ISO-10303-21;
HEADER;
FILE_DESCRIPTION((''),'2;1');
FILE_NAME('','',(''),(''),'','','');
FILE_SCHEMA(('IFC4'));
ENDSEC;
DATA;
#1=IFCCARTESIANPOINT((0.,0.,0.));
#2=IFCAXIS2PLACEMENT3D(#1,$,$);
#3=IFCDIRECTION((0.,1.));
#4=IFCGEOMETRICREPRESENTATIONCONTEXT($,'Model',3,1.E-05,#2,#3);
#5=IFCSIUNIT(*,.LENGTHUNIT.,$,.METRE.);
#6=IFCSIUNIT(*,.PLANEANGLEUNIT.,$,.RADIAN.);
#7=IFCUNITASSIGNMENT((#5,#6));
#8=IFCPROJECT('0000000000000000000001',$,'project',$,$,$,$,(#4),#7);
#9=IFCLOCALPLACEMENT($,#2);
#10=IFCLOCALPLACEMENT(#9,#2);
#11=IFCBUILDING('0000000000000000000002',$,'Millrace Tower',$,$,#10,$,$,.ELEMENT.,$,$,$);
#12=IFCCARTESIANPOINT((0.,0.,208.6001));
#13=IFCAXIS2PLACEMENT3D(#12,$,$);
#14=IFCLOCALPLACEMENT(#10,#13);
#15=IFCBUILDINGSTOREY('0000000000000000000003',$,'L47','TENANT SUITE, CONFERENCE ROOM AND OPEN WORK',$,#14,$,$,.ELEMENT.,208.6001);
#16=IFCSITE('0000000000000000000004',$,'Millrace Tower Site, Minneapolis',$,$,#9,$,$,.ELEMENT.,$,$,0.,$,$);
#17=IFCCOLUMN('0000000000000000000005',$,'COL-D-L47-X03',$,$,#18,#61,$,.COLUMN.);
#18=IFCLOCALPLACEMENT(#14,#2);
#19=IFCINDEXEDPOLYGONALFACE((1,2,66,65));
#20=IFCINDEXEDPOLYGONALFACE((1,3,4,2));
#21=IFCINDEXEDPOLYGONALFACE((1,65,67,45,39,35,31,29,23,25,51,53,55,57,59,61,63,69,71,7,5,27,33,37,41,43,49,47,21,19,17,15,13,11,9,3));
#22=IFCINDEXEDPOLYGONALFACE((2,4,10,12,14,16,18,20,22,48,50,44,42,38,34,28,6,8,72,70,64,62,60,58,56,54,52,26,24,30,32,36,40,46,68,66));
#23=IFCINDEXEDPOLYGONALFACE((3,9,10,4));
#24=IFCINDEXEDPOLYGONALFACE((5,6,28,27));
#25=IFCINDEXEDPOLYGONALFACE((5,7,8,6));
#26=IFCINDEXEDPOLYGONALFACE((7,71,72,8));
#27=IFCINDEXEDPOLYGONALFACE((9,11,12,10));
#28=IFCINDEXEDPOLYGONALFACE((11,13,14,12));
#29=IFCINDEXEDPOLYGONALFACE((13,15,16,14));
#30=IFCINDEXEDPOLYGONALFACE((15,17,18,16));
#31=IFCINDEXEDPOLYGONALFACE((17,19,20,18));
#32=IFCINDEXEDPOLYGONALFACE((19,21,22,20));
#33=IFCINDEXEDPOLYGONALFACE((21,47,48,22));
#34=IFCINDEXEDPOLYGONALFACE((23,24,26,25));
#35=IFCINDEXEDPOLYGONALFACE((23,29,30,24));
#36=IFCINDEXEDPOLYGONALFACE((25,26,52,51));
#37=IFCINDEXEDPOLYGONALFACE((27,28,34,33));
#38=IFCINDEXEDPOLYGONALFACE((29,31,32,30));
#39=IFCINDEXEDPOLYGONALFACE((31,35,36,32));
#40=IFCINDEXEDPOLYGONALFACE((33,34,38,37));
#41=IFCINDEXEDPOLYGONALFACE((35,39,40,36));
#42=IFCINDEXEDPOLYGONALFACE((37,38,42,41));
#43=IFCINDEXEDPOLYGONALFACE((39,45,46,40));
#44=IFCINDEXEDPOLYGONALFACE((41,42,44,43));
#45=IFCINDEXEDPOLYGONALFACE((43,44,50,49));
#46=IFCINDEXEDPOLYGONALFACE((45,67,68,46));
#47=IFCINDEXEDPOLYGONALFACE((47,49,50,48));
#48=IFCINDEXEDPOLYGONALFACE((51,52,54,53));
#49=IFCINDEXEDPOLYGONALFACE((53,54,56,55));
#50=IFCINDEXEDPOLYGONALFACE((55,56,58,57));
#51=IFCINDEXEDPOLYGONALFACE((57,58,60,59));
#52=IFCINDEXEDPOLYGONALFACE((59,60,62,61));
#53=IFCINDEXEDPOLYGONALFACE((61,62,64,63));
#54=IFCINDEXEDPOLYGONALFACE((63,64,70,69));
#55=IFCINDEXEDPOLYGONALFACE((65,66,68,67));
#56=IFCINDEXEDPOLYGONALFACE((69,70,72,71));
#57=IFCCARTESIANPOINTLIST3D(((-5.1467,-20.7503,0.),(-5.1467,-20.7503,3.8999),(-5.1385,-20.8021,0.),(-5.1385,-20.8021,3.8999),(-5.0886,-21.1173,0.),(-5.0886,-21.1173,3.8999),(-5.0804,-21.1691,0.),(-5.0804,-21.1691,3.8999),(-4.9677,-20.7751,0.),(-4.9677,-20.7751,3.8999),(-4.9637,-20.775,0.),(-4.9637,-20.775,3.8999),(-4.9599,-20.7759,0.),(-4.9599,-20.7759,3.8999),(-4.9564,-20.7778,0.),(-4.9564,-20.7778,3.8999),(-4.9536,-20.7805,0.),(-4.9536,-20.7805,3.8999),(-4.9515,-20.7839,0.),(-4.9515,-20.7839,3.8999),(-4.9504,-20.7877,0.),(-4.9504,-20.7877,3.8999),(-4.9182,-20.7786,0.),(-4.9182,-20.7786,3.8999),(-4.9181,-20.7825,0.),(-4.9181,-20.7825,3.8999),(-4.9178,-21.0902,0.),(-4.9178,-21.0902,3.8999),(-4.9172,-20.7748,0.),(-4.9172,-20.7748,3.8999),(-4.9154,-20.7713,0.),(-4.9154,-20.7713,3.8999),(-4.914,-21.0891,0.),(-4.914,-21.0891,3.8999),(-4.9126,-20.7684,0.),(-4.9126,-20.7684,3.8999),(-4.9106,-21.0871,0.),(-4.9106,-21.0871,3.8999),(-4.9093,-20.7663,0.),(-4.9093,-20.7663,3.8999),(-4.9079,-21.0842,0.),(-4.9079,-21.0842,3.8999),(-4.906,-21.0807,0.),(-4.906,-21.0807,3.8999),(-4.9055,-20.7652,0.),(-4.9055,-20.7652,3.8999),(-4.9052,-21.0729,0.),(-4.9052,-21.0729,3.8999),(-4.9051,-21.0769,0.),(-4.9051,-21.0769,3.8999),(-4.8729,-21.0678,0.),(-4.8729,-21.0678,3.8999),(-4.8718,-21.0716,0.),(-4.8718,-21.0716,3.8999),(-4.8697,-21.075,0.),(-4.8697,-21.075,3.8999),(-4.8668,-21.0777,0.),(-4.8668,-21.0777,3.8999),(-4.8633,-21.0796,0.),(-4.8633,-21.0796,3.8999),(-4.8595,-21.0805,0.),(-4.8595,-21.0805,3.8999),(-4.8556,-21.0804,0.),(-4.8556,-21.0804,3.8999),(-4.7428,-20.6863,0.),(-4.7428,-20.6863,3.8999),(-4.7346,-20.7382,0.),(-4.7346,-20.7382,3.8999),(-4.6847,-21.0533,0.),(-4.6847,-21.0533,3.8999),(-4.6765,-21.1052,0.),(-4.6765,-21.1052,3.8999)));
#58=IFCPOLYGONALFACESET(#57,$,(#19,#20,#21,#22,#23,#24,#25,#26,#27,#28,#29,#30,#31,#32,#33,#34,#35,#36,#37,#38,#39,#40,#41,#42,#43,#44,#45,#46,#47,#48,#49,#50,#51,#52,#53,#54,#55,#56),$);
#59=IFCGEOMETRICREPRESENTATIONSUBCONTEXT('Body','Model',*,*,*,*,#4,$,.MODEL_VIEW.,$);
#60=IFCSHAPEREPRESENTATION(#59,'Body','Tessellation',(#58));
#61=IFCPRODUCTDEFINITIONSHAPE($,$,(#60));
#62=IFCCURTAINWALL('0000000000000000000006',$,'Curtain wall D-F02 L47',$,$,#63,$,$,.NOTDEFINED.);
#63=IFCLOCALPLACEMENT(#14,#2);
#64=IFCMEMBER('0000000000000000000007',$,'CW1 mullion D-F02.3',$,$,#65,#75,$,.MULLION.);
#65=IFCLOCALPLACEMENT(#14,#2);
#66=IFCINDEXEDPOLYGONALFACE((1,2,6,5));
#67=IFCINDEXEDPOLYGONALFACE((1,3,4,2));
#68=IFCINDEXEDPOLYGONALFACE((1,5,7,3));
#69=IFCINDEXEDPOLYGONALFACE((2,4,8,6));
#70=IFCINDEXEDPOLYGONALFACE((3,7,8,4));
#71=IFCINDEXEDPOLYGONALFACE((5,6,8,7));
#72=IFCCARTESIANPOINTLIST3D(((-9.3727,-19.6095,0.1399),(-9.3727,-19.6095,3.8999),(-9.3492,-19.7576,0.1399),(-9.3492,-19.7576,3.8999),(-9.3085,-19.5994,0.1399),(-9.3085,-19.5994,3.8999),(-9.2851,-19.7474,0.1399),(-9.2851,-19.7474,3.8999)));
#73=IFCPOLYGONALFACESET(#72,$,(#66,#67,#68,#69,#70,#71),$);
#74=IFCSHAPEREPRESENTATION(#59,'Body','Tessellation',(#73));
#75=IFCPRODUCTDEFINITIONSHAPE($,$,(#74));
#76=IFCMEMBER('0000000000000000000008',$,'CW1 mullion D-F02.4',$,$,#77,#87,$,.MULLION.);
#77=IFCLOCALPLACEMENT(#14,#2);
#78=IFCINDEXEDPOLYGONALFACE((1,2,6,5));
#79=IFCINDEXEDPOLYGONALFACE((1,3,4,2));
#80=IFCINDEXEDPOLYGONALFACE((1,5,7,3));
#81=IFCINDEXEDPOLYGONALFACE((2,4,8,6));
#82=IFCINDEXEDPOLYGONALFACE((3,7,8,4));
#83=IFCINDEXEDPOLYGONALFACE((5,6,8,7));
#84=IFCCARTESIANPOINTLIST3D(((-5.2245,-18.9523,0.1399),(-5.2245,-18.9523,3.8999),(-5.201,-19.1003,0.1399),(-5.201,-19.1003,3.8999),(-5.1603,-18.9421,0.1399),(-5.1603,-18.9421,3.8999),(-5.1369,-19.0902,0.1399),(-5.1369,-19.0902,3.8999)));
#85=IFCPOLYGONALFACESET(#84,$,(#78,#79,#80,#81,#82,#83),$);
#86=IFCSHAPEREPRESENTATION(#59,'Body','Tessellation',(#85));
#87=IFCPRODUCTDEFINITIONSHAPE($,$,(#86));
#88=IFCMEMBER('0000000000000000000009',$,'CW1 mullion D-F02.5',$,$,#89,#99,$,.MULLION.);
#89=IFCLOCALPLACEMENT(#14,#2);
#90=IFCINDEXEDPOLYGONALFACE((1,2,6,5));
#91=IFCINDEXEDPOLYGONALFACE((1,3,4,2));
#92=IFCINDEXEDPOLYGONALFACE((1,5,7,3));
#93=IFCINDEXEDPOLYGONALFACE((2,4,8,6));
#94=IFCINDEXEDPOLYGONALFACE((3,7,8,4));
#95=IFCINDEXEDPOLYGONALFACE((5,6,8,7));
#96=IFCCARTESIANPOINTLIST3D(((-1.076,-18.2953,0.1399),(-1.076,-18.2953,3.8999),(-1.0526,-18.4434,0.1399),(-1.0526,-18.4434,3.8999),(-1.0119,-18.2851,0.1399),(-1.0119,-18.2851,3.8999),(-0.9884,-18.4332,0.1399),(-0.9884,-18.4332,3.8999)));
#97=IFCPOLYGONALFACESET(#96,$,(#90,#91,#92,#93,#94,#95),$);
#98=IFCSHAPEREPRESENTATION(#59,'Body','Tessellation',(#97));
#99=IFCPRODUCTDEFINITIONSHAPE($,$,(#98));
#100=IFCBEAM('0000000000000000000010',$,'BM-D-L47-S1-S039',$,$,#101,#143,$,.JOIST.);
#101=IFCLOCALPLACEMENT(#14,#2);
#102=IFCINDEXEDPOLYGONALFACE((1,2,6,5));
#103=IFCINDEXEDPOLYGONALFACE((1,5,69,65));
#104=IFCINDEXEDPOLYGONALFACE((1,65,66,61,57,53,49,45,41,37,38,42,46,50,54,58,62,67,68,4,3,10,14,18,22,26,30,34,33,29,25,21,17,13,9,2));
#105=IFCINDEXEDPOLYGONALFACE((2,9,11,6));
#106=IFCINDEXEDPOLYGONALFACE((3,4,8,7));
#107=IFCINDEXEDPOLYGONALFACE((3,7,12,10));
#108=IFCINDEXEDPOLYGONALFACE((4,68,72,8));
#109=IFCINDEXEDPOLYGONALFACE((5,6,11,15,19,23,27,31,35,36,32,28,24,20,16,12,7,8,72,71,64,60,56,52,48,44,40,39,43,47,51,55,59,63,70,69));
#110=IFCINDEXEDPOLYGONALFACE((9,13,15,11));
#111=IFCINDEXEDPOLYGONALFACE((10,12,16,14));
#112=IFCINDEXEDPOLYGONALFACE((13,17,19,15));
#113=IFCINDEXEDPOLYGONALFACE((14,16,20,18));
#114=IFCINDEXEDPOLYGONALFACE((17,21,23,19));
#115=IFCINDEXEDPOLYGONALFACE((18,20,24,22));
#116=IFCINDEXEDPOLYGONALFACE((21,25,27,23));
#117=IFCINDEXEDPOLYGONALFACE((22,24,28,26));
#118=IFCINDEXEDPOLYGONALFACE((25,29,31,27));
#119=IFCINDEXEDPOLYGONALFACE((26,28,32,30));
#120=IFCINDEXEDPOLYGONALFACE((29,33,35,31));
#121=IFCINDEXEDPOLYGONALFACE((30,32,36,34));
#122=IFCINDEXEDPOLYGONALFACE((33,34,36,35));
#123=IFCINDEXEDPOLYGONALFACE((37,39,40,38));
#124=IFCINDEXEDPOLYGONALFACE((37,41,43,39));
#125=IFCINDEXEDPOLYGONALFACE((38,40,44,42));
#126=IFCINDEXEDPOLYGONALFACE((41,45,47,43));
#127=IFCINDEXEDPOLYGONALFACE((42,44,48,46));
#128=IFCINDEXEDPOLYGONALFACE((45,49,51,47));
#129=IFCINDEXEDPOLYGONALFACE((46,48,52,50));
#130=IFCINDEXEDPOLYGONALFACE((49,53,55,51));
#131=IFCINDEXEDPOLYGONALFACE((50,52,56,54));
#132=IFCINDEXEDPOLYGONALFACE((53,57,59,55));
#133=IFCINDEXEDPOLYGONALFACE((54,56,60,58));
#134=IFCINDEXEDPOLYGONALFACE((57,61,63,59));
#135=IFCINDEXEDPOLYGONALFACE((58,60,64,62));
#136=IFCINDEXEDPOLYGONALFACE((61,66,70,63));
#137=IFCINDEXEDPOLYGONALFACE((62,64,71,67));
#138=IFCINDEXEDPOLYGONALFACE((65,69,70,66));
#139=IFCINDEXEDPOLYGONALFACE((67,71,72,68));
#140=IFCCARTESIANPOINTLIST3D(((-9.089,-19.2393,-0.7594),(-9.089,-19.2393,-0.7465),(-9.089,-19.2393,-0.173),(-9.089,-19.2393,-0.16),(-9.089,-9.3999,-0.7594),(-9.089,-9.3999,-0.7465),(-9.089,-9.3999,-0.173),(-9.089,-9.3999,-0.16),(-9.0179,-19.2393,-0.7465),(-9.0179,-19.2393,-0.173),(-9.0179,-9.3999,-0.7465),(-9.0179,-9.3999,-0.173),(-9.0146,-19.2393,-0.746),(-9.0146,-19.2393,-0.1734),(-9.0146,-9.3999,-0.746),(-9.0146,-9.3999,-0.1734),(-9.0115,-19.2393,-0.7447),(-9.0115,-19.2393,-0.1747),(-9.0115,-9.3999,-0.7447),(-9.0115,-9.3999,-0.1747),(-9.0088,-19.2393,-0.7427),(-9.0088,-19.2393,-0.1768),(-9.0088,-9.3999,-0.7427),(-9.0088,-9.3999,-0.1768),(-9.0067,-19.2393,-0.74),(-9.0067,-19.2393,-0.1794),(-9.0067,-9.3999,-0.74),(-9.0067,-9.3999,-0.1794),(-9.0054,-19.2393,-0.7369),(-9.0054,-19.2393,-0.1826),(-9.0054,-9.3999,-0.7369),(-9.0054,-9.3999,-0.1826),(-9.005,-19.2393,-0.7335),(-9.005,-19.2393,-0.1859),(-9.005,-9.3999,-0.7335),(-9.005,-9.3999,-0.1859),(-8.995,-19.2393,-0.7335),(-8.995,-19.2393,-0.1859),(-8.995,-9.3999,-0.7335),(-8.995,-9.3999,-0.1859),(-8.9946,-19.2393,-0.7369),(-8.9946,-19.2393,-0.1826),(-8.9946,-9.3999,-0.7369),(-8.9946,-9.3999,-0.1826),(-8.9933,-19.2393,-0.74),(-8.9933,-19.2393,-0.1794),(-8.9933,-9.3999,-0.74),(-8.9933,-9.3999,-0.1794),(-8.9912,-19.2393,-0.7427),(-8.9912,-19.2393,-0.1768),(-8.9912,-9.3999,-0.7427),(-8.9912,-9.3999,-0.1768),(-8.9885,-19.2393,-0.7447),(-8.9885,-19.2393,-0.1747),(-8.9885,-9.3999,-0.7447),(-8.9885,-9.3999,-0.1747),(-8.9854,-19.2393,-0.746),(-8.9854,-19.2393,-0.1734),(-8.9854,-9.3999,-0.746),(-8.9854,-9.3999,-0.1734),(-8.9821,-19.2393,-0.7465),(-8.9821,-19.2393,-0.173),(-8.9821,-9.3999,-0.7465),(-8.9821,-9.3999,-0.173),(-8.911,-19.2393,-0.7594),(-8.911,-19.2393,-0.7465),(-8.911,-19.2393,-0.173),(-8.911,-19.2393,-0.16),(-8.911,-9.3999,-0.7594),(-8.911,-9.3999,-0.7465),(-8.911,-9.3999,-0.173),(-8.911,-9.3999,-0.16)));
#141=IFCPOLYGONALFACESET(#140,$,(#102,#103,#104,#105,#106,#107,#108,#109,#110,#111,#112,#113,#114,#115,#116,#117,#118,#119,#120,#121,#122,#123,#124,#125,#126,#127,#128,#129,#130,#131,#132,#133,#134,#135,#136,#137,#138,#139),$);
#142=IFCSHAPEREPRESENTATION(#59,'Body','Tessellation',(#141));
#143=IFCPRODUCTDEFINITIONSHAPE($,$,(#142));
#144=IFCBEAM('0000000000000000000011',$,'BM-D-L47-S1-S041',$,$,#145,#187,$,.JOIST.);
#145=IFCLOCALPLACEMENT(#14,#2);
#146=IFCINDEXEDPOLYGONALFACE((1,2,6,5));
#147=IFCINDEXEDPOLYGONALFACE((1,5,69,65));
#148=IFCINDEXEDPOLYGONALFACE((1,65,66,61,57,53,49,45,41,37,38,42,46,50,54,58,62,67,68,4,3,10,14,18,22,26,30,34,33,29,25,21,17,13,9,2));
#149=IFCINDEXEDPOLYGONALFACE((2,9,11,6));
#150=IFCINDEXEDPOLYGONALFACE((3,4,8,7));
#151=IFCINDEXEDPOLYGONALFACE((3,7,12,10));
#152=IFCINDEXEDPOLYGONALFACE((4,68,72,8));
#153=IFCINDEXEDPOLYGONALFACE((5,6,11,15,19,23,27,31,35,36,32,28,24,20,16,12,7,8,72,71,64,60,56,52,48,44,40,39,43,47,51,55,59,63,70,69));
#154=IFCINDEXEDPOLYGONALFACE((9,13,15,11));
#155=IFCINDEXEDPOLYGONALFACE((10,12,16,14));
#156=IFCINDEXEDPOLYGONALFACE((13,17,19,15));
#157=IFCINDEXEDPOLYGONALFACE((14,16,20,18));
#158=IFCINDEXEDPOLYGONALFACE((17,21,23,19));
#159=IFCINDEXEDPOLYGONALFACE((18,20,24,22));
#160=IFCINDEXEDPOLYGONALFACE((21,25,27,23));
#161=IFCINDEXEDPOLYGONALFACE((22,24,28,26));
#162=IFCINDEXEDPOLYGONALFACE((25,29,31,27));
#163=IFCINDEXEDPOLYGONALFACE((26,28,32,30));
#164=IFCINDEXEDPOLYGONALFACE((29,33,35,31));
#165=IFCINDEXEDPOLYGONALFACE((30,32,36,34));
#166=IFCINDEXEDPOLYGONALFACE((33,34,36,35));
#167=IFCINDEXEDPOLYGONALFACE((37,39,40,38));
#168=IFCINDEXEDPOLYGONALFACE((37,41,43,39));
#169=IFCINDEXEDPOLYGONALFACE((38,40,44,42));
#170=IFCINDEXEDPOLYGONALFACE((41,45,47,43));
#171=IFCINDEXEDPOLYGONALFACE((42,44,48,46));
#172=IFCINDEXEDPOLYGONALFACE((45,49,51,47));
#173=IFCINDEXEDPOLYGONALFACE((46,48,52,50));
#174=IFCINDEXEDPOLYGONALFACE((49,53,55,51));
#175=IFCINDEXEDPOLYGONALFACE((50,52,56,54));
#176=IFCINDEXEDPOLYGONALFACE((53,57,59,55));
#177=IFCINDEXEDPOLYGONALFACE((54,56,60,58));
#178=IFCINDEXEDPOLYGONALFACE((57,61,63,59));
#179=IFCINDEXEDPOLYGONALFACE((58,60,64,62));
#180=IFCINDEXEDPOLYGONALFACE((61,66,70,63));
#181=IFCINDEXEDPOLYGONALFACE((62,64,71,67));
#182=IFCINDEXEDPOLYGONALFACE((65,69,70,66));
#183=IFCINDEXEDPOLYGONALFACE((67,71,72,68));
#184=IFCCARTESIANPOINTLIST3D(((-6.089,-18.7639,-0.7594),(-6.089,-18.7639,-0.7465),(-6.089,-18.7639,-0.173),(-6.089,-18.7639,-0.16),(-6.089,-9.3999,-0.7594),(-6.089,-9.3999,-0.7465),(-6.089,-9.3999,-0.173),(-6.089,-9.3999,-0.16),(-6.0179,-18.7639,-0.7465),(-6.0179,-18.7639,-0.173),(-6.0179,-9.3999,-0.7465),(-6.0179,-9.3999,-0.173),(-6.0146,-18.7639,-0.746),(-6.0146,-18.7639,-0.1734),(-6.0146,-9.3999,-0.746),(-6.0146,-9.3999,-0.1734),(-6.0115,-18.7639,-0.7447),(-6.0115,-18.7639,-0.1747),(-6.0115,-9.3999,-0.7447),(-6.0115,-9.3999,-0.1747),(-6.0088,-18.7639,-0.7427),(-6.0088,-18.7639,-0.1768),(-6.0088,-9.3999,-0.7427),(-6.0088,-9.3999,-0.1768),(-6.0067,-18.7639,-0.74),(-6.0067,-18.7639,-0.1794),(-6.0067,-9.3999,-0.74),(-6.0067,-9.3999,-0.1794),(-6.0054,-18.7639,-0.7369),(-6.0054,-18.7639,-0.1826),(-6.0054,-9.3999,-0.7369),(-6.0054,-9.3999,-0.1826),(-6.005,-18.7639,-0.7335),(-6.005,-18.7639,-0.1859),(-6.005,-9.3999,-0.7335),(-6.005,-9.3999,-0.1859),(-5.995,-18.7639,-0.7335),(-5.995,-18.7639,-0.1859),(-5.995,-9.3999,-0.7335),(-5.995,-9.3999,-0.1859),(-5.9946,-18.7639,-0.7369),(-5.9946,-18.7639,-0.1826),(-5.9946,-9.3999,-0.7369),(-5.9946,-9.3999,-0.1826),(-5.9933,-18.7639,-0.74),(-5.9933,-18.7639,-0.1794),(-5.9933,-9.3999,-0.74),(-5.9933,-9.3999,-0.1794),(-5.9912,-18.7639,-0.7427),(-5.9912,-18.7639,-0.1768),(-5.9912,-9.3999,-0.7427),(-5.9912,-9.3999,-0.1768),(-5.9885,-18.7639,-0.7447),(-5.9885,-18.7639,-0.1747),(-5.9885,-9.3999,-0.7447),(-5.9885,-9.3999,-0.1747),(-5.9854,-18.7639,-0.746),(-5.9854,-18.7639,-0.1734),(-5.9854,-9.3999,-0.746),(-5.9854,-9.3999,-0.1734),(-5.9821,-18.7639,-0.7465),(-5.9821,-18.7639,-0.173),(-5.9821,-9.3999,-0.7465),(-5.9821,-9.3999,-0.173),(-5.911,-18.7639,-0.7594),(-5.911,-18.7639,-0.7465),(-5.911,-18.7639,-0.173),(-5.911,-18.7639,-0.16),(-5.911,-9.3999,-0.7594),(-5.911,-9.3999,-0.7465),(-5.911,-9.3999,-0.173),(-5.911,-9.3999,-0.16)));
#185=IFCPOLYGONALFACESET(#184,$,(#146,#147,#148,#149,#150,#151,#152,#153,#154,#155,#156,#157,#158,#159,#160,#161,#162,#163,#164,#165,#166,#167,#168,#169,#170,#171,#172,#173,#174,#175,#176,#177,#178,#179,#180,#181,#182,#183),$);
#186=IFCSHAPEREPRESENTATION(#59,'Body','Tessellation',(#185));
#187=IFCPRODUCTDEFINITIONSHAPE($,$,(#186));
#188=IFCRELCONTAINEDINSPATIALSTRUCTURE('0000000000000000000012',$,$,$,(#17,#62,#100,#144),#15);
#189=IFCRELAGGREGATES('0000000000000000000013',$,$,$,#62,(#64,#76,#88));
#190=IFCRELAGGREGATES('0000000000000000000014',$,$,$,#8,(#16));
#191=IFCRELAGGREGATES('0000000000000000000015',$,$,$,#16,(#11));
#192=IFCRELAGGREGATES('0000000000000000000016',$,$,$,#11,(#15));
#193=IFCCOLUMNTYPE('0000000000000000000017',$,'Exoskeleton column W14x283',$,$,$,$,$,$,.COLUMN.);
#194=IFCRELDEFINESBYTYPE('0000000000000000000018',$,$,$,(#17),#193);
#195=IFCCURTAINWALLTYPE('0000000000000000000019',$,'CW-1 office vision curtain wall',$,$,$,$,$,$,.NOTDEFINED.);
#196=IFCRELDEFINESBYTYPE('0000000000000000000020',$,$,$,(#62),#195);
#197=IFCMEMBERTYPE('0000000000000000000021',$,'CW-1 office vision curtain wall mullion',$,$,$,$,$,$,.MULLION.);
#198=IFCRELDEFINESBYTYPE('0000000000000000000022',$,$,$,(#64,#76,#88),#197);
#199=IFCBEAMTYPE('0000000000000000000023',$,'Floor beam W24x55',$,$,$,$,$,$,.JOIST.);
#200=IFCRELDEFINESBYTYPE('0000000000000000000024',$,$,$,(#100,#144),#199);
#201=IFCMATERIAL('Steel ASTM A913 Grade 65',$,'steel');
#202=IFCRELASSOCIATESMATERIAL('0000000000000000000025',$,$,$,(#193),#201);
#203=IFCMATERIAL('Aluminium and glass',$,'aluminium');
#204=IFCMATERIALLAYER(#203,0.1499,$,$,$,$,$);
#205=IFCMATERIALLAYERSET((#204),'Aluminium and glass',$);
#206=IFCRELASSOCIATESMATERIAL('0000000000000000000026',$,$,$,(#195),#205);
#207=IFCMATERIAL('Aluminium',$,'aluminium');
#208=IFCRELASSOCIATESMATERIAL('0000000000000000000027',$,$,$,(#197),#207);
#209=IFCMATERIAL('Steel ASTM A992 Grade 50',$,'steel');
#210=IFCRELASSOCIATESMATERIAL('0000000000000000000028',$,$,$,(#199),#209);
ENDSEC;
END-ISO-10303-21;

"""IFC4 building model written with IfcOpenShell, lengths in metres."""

from ifc_helpers import new_model, si_unit, direction, frame, origin, origin_2d, place, context, subcontext, project, spatial, rectangle, i_section, extrude, material, layer, layer_set, material_profile, profile_set, type_object, element, aggregate, save


model = new_model("IFC4")

# Units and contexts
model_context = context("Model", 3, precision=1e-05, world=origin(), true_north=direction((0.0, 1.0)))
body_context = subcontext(model_context, "Body", "Model", "MODEL_VIEW")
ifc_project = project(units=[si_unit("LENGTHUNIT", "METRE"), si_unit("PLANEANGLEUNIT", "RADIAN")], contexts=[model_context])

# Site, building, storey
site_placement = place(None, origin())
site = spatial("IfcSite", under=ifc_project, at=site_placement, Name="Millrace Tower Site, Minneapolis", CompositionType="ELEMENT", RefElevation=0.0)
building_placement = place(site_placement, origin())
building = spatial("IfcBuilding", under=site, at=building_placement, Name="Millrace Tower", CompositionType="ELEMENT")
storey_placement = place(building_placement, frame((0.0, 0.0, 208.6001)))
storey = spatial("IfcBuildingStorey", under=building, at=storey_placement, Name="L47", Description="TENANT SUITE, CONFERENCE ROOM AND OPEN WORK", CompositionType="ELEMENT", Elevation=208.6001)

# Column
ifc_material_1 = material(Name="Steel ASTM A913 Grade 65", Category="steel")
ifc_material_profile_1 = material_profile(ifc_material_1, i_section(OverallWidth=0.4089, OverallDepth=0.4241, WebThickness=0.0327, FlangeThickness=0.0525, FilletRadius=0.0151, at=origin_2d()))
ifc_profile_set_1 = profile_set([ifc_material_profile_1], Name="Steel ASTM A913 Grade 65")
column_type = type_object("IfcColumnType", Name="Exoskeleton column W14x283", PredefinedType="COLUMN", material=ifc_profile_set_1)
column_placement = place(storey_placement, frame((-4.9116, -20.9277, 0.0), z_axis=(0.0, 0.0, 1.0), x_axis=(0.987688, 0.156434, 0.0)))
element("IfcColumn", 1, at=column_placement, inside=storey, type_object=column_type, Name="COL-D-L47-X03", PredefinedType="COLUMN", context=body_context, shape_type="SweptSolid", body=[
    extrude(i_section(OverallWidth=0.4089, OverallDepth=0.4241, WebThickness=0.0327, FlangeThickness=0.0525, FilletRadius=0.0151, at=origin_2d()), origin(), (0.0, 0.0, 1.0), 3.8999),
])

# Curtain wall, members
ifc_material_2 = material(Name="Aluminium and glass", Category="aluminium")
ifc_layer_1 = layer(ifc_material_2, 0.1499)
ifc_layer_set_1 = layer_set([ifc_layer_1], Name="Aluminium and glass")
curtain_wall_type = type_object("IfcCurtainWallType", Name="CW-1 office vision curtain wall", PredefinedType="NOTDEFINED", material=ifc_layer_set_1)
curtain_wall_placement = place(storey_placement, origin())
curtain_wall = element("IfcCurtainWall", 2, at=curtain_wall_placement, inside=storey, type_object=curtain_wall_type, Name="Curtain wall D-F02 L47", PredefinedType="NOTDEFINED")
ifc_material_3 = material(Name="Aluminium", Category="aluminium")
ifc_material_profile_2 = material_profile(ifc_material_3, rectangle(XDim=0.0649, YDim=0.1499, at=origin_2d()))
ifc_profile_set_2 = profile_set([ifc_material_profile_2], Name="Aluminium")
member_type = type_object("IfcMemberType", Name="CW-1 office vision curtain wall mullion", PredefinedType="MULLION", material=ifc_profile_set_2)
member_1_placement = place(storey_placement, frame((-9.3289, -19.6785, 0.1399), z_axis=(0.0, 0.0, 1.0), x_axis=(0.987688, 0.156434, 0.0)))
member_1 = element("IfcMember", 3, at=member_1_placement, type_object=member_type, Name="CW1 mullion D-F02.3", PredefinedType="MULLION", context=body_context, shape_type="SweptSolid", body=[
    extrude(rectangle(XDim=0.0649, YDim=0.1499, at=origin_2d()), origin(), (0.0, 0.0, 1.0), 3.76),
])
member_2_placement = place(storey_placement, frame((-5.1807, -19.0212, 0.1399), z_axis=(0.0, 0.0, 1.0), x_axis=(0.987688, 0.156434, 0.0)))
member_2 = element("IfcMember", 4, at=member_2_placement, type_object=member_type, Name="CW1 mullion D-F02.4", PredefinedType="MULLION", context=body_context, shape_type="SweptSolid", body=[
    extrude(rectangle(XDim=0.0649, YDim=0.1499, at=origin_2d()), origin(), (0.0, 0.0, 1.0), 3.76),
])
member_3_placement = place(storey_placement, frame((-1.0322, -18.3643, 0.1399), z_axis=(0.0, 0.0, 1.0), x_axis=(0.987688, 0.156434, 0.0)))
member_3 = element("IfcMember", 5, at=member_3_placement, type_object=member_type, Name="CW1 mullion D-F02.5", PredefinedType="MULLION", context=body_context, shape_type="SweptSolid", body=[
    extrude(rectangle(XDim=0.0649, YDim=0.1499, at=origin_2d()), origin(), (0.0, 0.0, 1.0), 3.76),
])
aggregate(curtain_wall, [member_1, member_2, member_3])

# Beams
ifc_material_4 = material(Name="Steel ASTM A992 Grade 50", Category="steel")
ifc_material_profile_3 = material_profile(ifc_material_4, i_section(OverallWidth=0.178, OverallDepth=0.5994, WebThickness=0.01, FlangeThickness=0.0129, FilletRadius=0.0129, at=origin_2d()))
ifc_profile_set_3 = profile_set([ifc_material_profile_3], Name="Steel ASTM A992 Grade 50")
beam_type_1 = type_object("IfcBeamType", Name="Floor beam W24x55", PredefinedType="JOIST", material=ifc_profile_set_3)
beam_1_placement = place(storey_placement, frame((-9.0, -19.2393, -0.4597), z_axis=(0.0, 1.0, 0.0), x_axis=(-1.0, 0.0, 0.0)))
element("IfcBeam", 6, at=beam_1_placement, inside=storey, type_object=beam_type_1, Name="BM-D-L47-S1-S039", PredefinedType="JOIST", context=body_context, shape_type="SweptSolid", body=[
    extrude(i_section(OverallWidth=0.178, OverallDepth=0.5994, WebThickness=0.01, FlangeThickness=0.0129, FilletRadius=0.0129, at=origin_2d()), origin(), (0.0, 0.0, 1.0), 9.8394),
])
beam_2_placement = place(storey_placement, frame((-6.0, -18.7639, -0.4597), z_axis=(0.0, 1.0, 0.0), x_axis=(-1.0, 0.0, 0.0)))
element("IfcBeam", 7, at=beam_2_placement, inside=storey, type_object=beam_type_1, Name="BM-D-L47-S1-S041", PredefinedType="JOIST", context=body_context, shape_type="SweptSolid", body=[
    extrude(i_section(OverallWidth=0.178, OverallDepth=0.5994, WebThickness=0.01, FlangeThickness=0.0129, FilletRadius=0.0129, at=origin_2d()), origin(), (0.0, 0.0, 1.0), 9.364),
])

save(model, "model.ifc")
